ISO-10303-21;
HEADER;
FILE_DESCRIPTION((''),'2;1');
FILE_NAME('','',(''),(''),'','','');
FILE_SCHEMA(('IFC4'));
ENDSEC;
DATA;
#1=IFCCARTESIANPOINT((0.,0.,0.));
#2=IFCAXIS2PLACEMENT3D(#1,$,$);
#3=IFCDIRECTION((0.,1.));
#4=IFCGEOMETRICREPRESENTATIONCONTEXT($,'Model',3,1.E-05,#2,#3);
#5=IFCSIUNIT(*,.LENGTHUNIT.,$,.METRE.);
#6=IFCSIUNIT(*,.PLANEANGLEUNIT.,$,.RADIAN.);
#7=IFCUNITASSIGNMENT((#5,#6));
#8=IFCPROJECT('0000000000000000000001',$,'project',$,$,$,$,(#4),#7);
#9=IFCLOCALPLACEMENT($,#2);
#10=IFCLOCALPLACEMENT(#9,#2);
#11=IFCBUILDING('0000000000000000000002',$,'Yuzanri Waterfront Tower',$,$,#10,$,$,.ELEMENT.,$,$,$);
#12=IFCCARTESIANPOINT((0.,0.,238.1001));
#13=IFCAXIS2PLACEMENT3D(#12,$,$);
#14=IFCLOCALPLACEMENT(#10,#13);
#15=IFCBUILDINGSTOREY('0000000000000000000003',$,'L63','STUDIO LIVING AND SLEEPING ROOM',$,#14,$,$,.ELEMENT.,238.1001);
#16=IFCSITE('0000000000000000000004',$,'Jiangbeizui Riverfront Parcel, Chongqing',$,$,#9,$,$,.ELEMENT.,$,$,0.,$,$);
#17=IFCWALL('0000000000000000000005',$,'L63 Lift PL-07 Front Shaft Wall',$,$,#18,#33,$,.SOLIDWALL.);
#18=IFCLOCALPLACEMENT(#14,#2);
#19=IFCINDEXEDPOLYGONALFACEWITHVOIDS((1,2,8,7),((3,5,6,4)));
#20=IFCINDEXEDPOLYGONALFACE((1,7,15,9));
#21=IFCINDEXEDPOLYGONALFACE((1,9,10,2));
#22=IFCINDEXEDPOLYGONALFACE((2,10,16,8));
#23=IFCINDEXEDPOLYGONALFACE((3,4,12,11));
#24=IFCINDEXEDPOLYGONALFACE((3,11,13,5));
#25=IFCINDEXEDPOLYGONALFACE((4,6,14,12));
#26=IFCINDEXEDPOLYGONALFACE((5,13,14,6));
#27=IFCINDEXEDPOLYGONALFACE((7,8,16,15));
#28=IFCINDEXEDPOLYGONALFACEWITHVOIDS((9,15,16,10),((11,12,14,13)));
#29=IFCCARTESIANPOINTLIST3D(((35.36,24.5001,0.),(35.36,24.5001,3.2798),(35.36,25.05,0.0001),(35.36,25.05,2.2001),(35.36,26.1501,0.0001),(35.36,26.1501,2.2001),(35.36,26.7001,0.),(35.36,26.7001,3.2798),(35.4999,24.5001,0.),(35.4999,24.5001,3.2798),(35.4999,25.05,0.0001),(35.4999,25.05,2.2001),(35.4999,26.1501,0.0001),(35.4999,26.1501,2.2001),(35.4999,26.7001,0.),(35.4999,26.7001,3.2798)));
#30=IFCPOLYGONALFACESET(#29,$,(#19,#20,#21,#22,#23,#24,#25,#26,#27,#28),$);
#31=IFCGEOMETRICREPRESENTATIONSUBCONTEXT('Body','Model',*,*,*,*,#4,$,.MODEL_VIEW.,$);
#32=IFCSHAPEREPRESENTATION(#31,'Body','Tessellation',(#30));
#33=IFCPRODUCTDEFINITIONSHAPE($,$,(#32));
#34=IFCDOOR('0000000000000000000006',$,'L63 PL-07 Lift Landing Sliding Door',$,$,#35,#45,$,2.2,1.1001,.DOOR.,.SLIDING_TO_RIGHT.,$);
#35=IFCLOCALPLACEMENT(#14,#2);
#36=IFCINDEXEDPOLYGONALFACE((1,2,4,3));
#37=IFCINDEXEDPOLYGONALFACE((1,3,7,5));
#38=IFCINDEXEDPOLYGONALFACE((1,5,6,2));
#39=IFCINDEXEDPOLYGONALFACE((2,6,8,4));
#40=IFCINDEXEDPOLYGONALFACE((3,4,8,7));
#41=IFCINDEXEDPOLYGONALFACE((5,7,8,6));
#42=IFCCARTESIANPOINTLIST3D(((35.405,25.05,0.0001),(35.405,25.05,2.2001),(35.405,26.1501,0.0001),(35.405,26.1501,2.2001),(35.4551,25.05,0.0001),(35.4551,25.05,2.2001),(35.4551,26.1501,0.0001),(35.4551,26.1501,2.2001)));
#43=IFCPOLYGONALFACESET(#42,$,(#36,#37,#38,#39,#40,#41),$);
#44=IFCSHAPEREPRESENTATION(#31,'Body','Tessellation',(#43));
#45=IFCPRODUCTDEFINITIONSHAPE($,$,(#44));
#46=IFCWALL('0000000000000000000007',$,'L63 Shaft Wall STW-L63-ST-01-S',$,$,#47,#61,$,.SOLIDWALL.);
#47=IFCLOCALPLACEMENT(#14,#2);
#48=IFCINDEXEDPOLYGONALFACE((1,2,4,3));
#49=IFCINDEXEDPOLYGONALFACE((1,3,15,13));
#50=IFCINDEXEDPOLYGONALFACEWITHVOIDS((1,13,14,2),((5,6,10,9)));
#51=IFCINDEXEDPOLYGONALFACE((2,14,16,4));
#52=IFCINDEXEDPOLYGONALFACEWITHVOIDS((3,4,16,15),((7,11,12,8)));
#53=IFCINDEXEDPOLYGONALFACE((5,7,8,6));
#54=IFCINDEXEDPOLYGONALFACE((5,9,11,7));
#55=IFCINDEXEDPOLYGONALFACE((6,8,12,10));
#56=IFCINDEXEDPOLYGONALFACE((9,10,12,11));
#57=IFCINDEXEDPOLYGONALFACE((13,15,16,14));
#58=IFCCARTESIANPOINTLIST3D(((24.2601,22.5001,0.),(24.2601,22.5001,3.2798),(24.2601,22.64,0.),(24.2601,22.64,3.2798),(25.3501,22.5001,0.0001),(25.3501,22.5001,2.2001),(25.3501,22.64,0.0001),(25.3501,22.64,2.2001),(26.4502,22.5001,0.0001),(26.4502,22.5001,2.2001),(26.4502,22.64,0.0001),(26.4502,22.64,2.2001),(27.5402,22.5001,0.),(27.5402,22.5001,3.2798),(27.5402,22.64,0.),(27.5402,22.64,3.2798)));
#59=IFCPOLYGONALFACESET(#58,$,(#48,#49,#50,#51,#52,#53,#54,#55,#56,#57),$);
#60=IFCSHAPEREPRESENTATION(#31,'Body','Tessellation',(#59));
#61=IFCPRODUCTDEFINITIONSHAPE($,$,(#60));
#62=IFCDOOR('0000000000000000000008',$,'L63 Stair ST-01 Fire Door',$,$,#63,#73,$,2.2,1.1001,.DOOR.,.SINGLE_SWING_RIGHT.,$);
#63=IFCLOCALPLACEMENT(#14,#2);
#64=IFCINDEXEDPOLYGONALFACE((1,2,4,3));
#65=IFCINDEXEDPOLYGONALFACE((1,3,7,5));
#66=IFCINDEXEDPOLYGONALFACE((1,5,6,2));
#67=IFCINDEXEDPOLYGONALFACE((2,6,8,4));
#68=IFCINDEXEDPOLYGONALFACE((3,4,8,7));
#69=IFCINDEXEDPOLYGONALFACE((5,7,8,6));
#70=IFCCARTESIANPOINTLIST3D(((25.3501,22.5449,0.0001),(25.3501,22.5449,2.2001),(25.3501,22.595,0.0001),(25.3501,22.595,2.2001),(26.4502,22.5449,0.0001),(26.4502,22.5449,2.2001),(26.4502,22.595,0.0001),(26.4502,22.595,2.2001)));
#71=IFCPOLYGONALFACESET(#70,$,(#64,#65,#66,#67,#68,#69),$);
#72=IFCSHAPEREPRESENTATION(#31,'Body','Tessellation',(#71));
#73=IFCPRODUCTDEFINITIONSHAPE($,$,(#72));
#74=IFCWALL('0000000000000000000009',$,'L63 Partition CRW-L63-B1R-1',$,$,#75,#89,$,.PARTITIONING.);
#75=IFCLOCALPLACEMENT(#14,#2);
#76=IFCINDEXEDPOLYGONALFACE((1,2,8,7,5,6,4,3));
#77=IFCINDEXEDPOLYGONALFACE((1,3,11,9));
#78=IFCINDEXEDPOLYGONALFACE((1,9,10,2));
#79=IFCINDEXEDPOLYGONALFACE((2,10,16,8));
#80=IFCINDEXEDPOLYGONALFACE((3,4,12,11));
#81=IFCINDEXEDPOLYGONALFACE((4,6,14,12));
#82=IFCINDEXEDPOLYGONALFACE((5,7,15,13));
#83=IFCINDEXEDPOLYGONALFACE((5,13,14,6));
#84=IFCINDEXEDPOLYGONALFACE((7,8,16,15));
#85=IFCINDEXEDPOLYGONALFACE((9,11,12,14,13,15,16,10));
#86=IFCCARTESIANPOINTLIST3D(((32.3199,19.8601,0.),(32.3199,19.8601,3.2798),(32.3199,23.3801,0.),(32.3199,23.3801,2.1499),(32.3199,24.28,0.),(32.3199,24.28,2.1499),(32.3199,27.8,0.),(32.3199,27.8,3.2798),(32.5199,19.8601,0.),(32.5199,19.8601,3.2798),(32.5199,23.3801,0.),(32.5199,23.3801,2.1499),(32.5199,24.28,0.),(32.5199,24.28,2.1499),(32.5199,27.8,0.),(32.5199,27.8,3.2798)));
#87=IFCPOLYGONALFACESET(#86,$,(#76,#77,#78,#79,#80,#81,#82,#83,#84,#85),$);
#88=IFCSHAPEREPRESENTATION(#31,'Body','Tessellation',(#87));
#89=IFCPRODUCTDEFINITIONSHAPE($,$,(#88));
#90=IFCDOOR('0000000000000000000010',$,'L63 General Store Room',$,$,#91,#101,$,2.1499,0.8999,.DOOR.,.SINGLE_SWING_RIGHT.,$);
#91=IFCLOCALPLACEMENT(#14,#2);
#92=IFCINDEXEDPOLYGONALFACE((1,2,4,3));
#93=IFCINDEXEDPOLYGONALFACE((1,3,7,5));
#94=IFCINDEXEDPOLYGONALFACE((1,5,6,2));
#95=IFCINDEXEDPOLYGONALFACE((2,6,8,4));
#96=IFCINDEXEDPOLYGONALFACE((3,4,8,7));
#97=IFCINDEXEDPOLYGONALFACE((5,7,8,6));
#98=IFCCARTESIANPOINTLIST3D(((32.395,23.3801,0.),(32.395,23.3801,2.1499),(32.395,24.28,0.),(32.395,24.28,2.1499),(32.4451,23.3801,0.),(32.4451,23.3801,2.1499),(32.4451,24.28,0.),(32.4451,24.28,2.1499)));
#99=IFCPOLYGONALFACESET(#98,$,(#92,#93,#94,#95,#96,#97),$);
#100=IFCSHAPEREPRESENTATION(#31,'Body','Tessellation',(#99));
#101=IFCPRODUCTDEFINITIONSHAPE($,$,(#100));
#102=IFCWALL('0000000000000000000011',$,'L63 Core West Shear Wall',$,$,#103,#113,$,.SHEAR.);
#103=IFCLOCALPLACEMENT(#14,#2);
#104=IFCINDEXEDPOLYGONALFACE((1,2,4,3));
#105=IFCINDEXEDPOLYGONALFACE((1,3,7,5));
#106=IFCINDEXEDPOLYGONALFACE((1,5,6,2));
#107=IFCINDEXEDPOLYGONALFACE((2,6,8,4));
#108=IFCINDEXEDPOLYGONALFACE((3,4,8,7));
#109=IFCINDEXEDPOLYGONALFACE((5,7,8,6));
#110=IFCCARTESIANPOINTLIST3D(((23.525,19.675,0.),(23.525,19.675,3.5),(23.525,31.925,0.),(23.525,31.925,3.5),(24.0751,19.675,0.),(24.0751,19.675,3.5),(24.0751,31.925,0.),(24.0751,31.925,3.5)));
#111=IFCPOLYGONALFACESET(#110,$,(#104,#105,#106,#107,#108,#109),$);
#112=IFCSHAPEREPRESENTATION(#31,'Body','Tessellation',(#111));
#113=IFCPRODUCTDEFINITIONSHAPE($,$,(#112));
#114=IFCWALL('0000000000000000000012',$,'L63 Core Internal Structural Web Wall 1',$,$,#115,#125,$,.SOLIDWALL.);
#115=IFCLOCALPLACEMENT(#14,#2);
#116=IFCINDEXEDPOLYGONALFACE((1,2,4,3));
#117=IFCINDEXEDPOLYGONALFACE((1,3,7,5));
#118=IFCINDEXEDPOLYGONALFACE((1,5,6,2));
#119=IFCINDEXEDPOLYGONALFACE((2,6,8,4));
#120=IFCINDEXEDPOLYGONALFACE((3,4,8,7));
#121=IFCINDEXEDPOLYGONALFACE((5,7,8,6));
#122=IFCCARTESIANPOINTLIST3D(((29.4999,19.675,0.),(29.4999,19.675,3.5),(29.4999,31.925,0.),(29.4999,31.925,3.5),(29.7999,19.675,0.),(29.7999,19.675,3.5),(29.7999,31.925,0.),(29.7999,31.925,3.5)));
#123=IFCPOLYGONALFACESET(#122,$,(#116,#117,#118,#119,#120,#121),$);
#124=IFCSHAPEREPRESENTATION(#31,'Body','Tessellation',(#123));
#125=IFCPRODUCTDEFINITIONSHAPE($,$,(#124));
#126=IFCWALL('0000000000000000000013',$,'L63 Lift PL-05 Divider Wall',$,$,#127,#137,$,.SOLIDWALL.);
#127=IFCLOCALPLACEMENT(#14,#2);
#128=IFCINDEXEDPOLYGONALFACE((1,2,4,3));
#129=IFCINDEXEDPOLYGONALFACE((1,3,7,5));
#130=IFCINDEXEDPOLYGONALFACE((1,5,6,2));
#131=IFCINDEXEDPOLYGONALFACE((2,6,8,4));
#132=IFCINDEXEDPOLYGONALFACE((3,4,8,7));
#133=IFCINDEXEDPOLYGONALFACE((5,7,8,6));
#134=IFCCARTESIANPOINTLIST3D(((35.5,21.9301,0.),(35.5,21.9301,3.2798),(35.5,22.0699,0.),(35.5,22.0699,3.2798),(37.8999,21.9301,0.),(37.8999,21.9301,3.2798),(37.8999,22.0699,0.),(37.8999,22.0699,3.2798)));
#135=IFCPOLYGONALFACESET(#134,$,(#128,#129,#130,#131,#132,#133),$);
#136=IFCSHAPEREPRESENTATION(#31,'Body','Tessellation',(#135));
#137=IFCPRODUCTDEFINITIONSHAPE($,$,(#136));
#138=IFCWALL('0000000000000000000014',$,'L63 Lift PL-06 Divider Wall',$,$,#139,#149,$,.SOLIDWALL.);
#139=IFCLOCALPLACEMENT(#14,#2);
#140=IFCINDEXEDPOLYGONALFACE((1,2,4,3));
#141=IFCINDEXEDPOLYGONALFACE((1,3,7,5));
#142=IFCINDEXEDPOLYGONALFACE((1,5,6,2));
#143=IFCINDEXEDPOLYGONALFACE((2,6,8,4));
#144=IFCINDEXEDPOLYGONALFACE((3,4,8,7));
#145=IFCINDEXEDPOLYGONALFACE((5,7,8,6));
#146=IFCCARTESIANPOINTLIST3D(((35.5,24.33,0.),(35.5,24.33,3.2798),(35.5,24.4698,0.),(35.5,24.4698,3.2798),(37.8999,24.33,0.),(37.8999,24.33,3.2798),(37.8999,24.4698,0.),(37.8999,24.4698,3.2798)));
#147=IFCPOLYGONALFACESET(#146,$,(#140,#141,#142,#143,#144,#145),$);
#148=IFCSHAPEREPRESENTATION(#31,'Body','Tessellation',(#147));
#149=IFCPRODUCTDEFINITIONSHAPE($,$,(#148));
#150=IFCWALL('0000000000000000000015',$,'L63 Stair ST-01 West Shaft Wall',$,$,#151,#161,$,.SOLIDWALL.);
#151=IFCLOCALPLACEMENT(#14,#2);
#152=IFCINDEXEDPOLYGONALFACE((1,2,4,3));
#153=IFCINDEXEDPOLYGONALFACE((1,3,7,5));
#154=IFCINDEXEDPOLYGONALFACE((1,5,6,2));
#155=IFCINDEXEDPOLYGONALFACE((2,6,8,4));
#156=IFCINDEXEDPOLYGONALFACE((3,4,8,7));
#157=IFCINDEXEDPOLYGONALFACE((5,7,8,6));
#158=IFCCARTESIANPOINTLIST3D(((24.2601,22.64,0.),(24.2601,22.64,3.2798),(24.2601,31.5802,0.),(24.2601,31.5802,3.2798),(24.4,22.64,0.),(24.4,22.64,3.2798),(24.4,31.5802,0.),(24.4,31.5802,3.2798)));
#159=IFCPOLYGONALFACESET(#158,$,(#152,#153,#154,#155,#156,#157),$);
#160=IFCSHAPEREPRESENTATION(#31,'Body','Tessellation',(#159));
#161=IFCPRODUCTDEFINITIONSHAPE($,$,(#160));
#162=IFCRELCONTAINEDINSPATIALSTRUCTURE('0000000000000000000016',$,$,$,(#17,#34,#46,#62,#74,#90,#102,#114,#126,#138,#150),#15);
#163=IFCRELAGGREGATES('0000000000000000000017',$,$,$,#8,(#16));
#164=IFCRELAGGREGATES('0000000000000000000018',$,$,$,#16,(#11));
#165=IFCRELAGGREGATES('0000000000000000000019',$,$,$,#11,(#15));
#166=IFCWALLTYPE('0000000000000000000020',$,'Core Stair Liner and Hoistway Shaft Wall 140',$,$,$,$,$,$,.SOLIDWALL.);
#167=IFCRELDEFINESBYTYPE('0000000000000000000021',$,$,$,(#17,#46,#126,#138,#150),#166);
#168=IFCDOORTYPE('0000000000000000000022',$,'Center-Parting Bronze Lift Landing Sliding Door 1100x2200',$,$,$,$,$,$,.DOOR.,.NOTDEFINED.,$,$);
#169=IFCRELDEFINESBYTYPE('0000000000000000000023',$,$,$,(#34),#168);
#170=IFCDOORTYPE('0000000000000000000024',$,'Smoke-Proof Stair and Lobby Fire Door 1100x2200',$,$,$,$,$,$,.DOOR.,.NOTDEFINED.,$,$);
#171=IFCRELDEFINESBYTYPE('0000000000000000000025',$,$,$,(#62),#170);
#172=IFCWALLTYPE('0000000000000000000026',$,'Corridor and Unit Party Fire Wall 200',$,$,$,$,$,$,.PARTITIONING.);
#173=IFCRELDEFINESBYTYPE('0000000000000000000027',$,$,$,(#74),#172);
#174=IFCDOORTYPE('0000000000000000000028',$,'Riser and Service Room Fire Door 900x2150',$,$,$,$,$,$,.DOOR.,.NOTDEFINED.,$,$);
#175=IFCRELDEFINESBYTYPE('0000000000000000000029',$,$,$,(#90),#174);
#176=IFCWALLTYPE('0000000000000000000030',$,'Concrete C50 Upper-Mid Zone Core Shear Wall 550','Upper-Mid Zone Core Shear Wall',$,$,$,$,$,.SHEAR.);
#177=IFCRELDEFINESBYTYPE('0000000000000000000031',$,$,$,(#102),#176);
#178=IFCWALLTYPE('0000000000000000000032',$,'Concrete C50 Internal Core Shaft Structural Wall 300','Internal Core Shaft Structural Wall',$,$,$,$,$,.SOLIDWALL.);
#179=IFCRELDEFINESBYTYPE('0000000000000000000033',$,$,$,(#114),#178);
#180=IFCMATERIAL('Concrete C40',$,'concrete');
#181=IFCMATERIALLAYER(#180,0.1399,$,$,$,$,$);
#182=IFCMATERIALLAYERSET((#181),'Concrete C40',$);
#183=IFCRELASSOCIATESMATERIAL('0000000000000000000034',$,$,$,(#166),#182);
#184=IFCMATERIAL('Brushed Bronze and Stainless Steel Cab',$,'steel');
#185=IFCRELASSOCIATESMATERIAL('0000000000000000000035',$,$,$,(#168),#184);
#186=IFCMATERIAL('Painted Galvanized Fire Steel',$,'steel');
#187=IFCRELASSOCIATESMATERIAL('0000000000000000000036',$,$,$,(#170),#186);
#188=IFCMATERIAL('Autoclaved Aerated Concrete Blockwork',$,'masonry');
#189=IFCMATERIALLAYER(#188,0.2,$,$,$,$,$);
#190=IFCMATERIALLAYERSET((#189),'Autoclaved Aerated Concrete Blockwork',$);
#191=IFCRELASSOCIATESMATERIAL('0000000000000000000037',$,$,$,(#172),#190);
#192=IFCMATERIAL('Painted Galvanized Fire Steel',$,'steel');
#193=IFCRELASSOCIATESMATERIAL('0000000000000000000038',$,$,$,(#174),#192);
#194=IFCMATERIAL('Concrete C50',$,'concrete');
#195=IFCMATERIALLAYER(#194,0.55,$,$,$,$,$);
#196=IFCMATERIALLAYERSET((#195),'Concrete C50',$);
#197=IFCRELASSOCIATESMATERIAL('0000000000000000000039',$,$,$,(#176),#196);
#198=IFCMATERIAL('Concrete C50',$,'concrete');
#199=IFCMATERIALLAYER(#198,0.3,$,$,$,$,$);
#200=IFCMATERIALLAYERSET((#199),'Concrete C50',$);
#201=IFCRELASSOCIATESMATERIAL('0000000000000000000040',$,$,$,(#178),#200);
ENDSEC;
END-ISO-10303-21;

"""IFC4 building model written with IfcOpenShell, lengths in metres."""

from ifc_helpers import new_model, si_unit, direction, frame, frame_2d, origin, place, context, subcontext, project, spatial, rectangle, extrude, source, transform, mapped, material, layer, layer_set, type_object, element, fill, save


model = new_model("IFC4")

# Units and contexts
model_context = context("Model", 3, precision=1e-05, world=origin(), true_north=direction((0.0, 1.0)))
body_context = subcontext(model_context, "Body", "Model", "MODEL_VIEW")
ifc_project = project(units=[si_unit("LENGTHUNIT", "METRE"), si_unit("PLANEANGLEUNIT", "RADIAN")], contexts=[model_context])

# Site, building, storey
site_placement = place(None, origin())
site = spatial("IfcSite", under=ifc_project, at=site_placement, Name="Jiangbeizui Riverfront Parcel, Chongqing", CompositionType="ELEMENT", RefElevation=0.0)
building_placement = place(site_placement, origin())
building = spatial("IfcBuilding", under=site, at=building_placement, Name="Yuzanri Waterfront Tower", CompositionType="ELEMENT")
storey_placement = place(building_placement, frame((0.0, 0.0, 238.1001)))
storey = spatial("IfcBuildingStorey", under=building, at=storey_placement, Name="L63", Description="STUDIO LIVING AND SLEEPING ROOM", CompositionType="ELEMENT", Elevation=238.1001)

# Walls, openings, doors
ifc_material_1 = material(Name="Concrete C40", Category="concrete")
ifc_layer_1 = layer(ifc_material_1, 0.1399)
ifc_layer_set_1 = layer_set([ifc_layer_1], Name="Concrete C40")
wall_type_1 = type_object("IfcWallType", Name="Core Stair Liner and Hoistway Shaft Wall 140", PredefinedType="SOLIDWALL", material=ifc_layer_set_1)
ifc_material_2 = material(Name="Brushed Bronze and Stainless Steel Cab", Category="steel")
door_type_1 = type_object("IfcDoorType", Name="Center-Parting Bronze Lift Landing Sliding Door 1100x2200", OperationType="NOTDEFINED", PredefinedType="DOOR", material=ifc_material_2)
shared_shape_1 = source(origin(), body_context, "Body", "SweptSolid", [
    extrude(rectangle(XDim=1.1001, YDim=2.2, at=frame_2d((0.55, 1.1001))), frame((0.0, 0.0249, 0.0), z_axis=(0.0, -1.0, 0.0), x_axis=(1.0, 0.0, 0.0)), (0.0, 0.0, 1.0), 0.05),
])
wall_1_placement = place(storey_placement, frame((35.4299, 24.5, 0.0), z_axis=(0.0, 0.0, 1.0), x_axis=(0.0, 1.0, 0.0)))
wall_1 = element("IfcWall", 1, at=wall_1_placement, inside=storey, type_object=wall_type_1, Name="L63 Lift PL-07 Front Shaft Wall", PredefinedType="SOLIDWALL", context=body_context, shape_type="SweptSolid", body=[
    extrude(rectangle(XDim=2.2, YDim=0.1399, at=frame_2d((1.1001, 0.0))), origin(), (0.0, 0.0, 1.0), 3.2798),
])
opening_1_placement = place(wall_1_placement, frame((0.55, 0.0, 0.0)))
opening_1 = element("IfcOpeningElement", 2, at=opening_1_placement, cuts=wall_1, PredefinedType="OPENING", context=body_context, shape_type="SweptSolid", body=[
    extrude(rectangle(XDim=1.1001, YDim=2.2, at=frame_2d((0.55, 1.1001))), frame((0.0, 0.085, 0.0), z_axis=(0.0, -1.0, 0.0), x_axis=(1.0, 0.0, 0.0)), (0.0, 0.0, 1.0), 0.1697),
])
door_1_placement = place(opening_1_placement, origin())
door_1 = element("IfcDoor", 3, at=door_1_placement, inside=storey, type_object=door_type_1, Name="L63 PL-07 Lift Landing Sliding Door", OperationType="SLIDING_TO_RIGHT", OverallHeight=2.2, OverallWidth=1.1001, PredefinedType="DOOR", context=body_context, shape_type="MappedRepresentation", body=[
    mapped(shared_shape_1, transform((0.0, 0.0, 0.0), scale=1.0)),
])
fill(opening_1, door_1)
wall_2_placement = place(storey_placement, frame((24.26, 22.5701, 0.0), z_axis=(0.0, 0.0, 1.0), x_axis=(1.0, 0.0, 0.0)))
wall_2 = element("IfcWall", 4, at=wall_2_placement, inside=storey, type_object=wall_type_1, Name="L63 Shaft Wall STW-L63-ST-01-S", PredefinedType="SOLIDWALL", context=body_context, shape_type="SweptSolid", body=[
    extrude(rectangle(XDim=3.28, YDim=0.1399, at=frame_2d((1.6401, 0.0))), origin(), (0.0, 0.0, 1.0), 3.2798),
])
opening_2_placement = place(wall_2_placement, frame((1.0901, 0.0, 0.0)))
opening_2 = element("IfcOpeningElement", 5, at=opening_2_placement, cuts=wall_2, PredefinedType="OPENING", context=body_context, shape_type="SweptSolid", body=[
    extrude(rectangle(XDim=1.1001, YDim=2.2, at=frame_2d((0.55, 1.1001))), frame((0.0, 0.085, 0.0), z_axis=(0.0, -1.0, 0.0), x_axis=(1.0, 0.0, 0.0)), (0.0, 0.0, 1.0), 0.1697),
])
ifc_material_3 = material(Name="Painted Galvanized Fire Steel", Category="steel")
door_type_2 = type_object("IfcDoorType", Name="Smoke-Proof Stair and Lobby Fire Door 1100x2200", OperationType="NOTDEFINED", PredefinedType="DOOR", material=ifc_material_3)
shared_shape_2 = source(origin(), body_context, "Body", "SweptSolid", [
    extrude(rectangle(XDim=1.1001, YDim=2.2, at=frame_2d((0.55, 1.1001))), frame((0.0, 0.0249, 0.0), z_axis=(0.0, -1.0, 0.0), x_axis=(1.0, 0.0, 0.0)), (0.0, 0.0, 1.0), 0.05),
])
door_2_placement = place(opening_2_placement, origin())
door_2 = element("IfcDoor", 6, at=door_2_placement, inside=storey, type_object=door_type_2, Name="L63 Stair ST-01 Fire Door", OperationType="SINGLE_SWING_RIGHT", OverallHeight=2.2, OverallWidth=1.1001, PredefinedType="DOOR", context=body_context, shape_type="MappedRepresentation", body=[
    mapped(shared_shape_2, transform((0.0, 0.0, 0.0), scale=1.0)),
])
fill(opening_2, door_2)
ifc_material_4 = material(Name="Autoclaved Aerated Concrete Blockwork", Category="masonry")
ifc_layer_2 = layer(ifc_material_4, 0.2)
ifc_layer_set_2 = layer_set([ifc_layer_2], Name="Autoclaved Aerated Concrete Blockwork")
wall_type_2 = type_object("IfcWallType", Name="Corridor and Unit Party Fire Wall 200", PredefinedType="PARTITIONING", material=ifc_layer_set_2)
wall_3_placement = place(storey_placement, frame((32.4199, 19.8601, 0.0), z_axis=(0.0, 0.0, 1.0), x_axis=(0.0, 1.0, 0.0)))
wall_3 = element("IfcWall", 7, at=wall_3_placement, inside=storey, type_object=wall_type_2, Name="L63 Partition CRW-L63-B1R-1", PredefinedType="PARTITIONING", context=body_context, shape_type="SweptSolid", body=[
    extrude(rectangle(XDim=7.9399, YDim=0.2, at=frame_2d((3.97, 0.0))), origin(), (0.0, 0.0, 1.0), 3.2798),
])
opening_3_placement = place(wall_3_placement, frame((3.52, 0.0, 0.0)))
opening_3 = element("IfcOpeningElement", 8, at=opening_3_placement, cuts=wall_3, PredefinedType="OPENING", context=body_context, shape_type="SweptSolid", body=[
    extrude(rectangle(XDim=0.8999, YDim=2.1499, at=frame_2d((0.45, 1.075))), frame((0.0, 0.1147, 0.0), z_axis=(0.0, -1.0, 0.0), x_axis=(1.0, 0.0, 0.0)), (0.0, 0.0, 1.0), 0.2297),
])
ifc_material_5 = material(Name="Painted Galvanized Fire Steel", Category="steel")
door_type_3 = type_object("IfcDoorType", Name="Riser and Service Room Fire Door 900x2150", OperationType="NOTDEFINED", PredefinedType="DOOR", material=ifc_material_5)
shared_shape_3 = source(origin(), body_context, "Body", "SweptSolid", [
    extrude(rectangle(XDim=0.8999, YDim=2.1499, at=frame_2d((0.45, 1.075))), frame((0.0, 0.0249, 0.0), z_axis=(0.0, -1.0, 0.0), x_axis=(1.0, 0.0, 0.0)), (0.0, 0.0, 1.0), 0.05),
])
door_3_placement = place(opening_3_placement, origin())
door_3 = element("IfcDoor", 9, at=door_3_placement, inside=storey, type_object=door_type_3, Name="L63 General Store Room", OperationType="SINGLE_SWING_RIGHT", OverallHeight=2.1499, OverallWidth=0.8999, PredefinedType="DOOR", context=body_context, shape_type="MappedRepresentation", body=[
    mapped(shared_shape_3, transform((0.0, 0.0, 0.0), scale=1.0)),
])
fill(opening_3, door_3)

# Walls
ifc_material_6 = material(Name="Concrete C50", Category="concrete")
ifc_layer_3 = layer(ifc_material_6, 0.55)
ifc_layer_set_3 = layer_set([ifc_layer_3], Name="Concrete C50")
wall_type_3 = type_object("IfcWallType", Name="Concrete C50 Upper-Mid Zone Core Shear Wall 550", Description="Upper-Mid Zone Core Shear Wall", PredefinedType="SHEAR", material=ifc_layer_set_3)
shared_shape_4 = source(origin(), body_context, "Body", "SweptSolid", [
    extrude(rectangle(XDim=12.25, YDim=0.55, at=frame_2d((6.125, 0.0))), origin(), (0.0, 0.0, 1.0), 3.5),
])
wall_4_placement = place(storey_placement, frame((23.8, 19.675, 0.0), z_axis=(0.0, 0.0, 1.0), x_axis=(0.0, 1.0, 0.0)))
element("IfcWall", 10, at=wall_4_placement, inside=storey, type_object=wall_type_3, Name="L63 Core West Shear Wall", PredefinedType="SHEAR", context=body_context, shape_type="MappedRepresentation", body=[
    mapped(shared_shape_4, transform((0.0, 0.0, 0.0), scale=1.0)),
])
ifc_material_7 = material(Name="Concrete C50", Category="concrete")
ifc_layer_4 = layer(ifc_material_7, 0.3)
ifc_layer_set_4 = layer_set([ifc_layer_4], Name="Concrete C50")
wall_type_4 = type_object("IfcWallType", Name="Concrete C50 Internal Core Shaft Structural Wall 300", Description="Internal Core Shaft Structural Wall", PredefinedType="SOLIDWALL", material=ifc_layer_set_4)
shared_shape_5 = source(origin(), body_context, "Body", "SweptSolid", [
    extrude(rectangle(XDim=12.25, YDim=0.3, at=frame_2d((6.125, 0.0))), origin(), (0.0, 0.0, 1.0), 3.5),
])
wall_5_placement = place(storey_placement, frame((29.6499, 19.675, 0.0), z_axis=(0.0, 0.0, 1.0), x_axis=(0.0, 1.0, 0.0)))
element("IfcWall", 11, at=wall_5_placement, inside=storey, type_object=wall_type_4, Name="L63 Core Internal Structural Web Wall 1", PredefinedType="SOLIDWALL", context=body_context, shape_type="MappedRepresentation", body=[
    mapped(shared_shape_5, transform((0.0, 0.0, 0.0), scale=1.0)),
])
shared_shape_6 = source(origin(), body_context, "Body", "SweptSolid", [
    extrude(rectangle(XDim=2.3999, YDim=0.1399, at=frame_2d((1.2, 0.0))), origin(), (0.0, 0.0, 1.0), 3.2798),
])
for number, where, z_axis, x_axis, name in (
    (12, (35.5, 22.0, 0.0), (0.0, 0.0, 1.0), (1.0, 0.0, 0.0), "L63 Lift PL-05 Divider Wall"),
    (13, (35.5, 24.3999, 0.0), (0.0, 0.0, 1.0), (1.0, 0.0, 0.0), "L63 Lift PL-06 Divider Wall"),
):
    element("IfcWall", number, at=place(storey_placement, frame(where, z_axis=z_axis, x_axis=x_axis)), inside=storey, type_object=wall_type_1, Name=name, PredefinedType="SOLIDWALL", context=body_context, shape_type="MappedRepresentation", body=[
        mapped(shared_shape_6, transform((0.0, 0.0, 0.0), scale=1.0)),
    ])
shared_shape_7 = source(origin(), body_context, "Body", "SweptSolid", [
    extrude(rectangle(XDim=8.9402, YDim=0.1399, at=frame_2d((4.4702, 0.0))), origin(), (0.0, 0.0, 1.0), 3.2798),
])
for number, where, z_axis, x_axis, name in (
    (14, (24.3301, 22.6399, 0.0), (0.0, 0.0, 1.0), (0.0, 1.0, 0.0), "L63 Stair ST-01 West Shaft Wall"),
):
    element("IfcWall", number, at=place(storey_placement, frame(where, z_axis=z_axis, x_axis=x_axis)), inside=storey, type_object=wall_type_1, Name=name, PredefinedType="SOLIDWALL", context=body_context, shape_type="MappedRepresentation", body=[
        mapped(shared_shape_7, transform((0.0, 0.0, 0.0), scale=1.0)),
    ])

save(model, "model.ifc")
